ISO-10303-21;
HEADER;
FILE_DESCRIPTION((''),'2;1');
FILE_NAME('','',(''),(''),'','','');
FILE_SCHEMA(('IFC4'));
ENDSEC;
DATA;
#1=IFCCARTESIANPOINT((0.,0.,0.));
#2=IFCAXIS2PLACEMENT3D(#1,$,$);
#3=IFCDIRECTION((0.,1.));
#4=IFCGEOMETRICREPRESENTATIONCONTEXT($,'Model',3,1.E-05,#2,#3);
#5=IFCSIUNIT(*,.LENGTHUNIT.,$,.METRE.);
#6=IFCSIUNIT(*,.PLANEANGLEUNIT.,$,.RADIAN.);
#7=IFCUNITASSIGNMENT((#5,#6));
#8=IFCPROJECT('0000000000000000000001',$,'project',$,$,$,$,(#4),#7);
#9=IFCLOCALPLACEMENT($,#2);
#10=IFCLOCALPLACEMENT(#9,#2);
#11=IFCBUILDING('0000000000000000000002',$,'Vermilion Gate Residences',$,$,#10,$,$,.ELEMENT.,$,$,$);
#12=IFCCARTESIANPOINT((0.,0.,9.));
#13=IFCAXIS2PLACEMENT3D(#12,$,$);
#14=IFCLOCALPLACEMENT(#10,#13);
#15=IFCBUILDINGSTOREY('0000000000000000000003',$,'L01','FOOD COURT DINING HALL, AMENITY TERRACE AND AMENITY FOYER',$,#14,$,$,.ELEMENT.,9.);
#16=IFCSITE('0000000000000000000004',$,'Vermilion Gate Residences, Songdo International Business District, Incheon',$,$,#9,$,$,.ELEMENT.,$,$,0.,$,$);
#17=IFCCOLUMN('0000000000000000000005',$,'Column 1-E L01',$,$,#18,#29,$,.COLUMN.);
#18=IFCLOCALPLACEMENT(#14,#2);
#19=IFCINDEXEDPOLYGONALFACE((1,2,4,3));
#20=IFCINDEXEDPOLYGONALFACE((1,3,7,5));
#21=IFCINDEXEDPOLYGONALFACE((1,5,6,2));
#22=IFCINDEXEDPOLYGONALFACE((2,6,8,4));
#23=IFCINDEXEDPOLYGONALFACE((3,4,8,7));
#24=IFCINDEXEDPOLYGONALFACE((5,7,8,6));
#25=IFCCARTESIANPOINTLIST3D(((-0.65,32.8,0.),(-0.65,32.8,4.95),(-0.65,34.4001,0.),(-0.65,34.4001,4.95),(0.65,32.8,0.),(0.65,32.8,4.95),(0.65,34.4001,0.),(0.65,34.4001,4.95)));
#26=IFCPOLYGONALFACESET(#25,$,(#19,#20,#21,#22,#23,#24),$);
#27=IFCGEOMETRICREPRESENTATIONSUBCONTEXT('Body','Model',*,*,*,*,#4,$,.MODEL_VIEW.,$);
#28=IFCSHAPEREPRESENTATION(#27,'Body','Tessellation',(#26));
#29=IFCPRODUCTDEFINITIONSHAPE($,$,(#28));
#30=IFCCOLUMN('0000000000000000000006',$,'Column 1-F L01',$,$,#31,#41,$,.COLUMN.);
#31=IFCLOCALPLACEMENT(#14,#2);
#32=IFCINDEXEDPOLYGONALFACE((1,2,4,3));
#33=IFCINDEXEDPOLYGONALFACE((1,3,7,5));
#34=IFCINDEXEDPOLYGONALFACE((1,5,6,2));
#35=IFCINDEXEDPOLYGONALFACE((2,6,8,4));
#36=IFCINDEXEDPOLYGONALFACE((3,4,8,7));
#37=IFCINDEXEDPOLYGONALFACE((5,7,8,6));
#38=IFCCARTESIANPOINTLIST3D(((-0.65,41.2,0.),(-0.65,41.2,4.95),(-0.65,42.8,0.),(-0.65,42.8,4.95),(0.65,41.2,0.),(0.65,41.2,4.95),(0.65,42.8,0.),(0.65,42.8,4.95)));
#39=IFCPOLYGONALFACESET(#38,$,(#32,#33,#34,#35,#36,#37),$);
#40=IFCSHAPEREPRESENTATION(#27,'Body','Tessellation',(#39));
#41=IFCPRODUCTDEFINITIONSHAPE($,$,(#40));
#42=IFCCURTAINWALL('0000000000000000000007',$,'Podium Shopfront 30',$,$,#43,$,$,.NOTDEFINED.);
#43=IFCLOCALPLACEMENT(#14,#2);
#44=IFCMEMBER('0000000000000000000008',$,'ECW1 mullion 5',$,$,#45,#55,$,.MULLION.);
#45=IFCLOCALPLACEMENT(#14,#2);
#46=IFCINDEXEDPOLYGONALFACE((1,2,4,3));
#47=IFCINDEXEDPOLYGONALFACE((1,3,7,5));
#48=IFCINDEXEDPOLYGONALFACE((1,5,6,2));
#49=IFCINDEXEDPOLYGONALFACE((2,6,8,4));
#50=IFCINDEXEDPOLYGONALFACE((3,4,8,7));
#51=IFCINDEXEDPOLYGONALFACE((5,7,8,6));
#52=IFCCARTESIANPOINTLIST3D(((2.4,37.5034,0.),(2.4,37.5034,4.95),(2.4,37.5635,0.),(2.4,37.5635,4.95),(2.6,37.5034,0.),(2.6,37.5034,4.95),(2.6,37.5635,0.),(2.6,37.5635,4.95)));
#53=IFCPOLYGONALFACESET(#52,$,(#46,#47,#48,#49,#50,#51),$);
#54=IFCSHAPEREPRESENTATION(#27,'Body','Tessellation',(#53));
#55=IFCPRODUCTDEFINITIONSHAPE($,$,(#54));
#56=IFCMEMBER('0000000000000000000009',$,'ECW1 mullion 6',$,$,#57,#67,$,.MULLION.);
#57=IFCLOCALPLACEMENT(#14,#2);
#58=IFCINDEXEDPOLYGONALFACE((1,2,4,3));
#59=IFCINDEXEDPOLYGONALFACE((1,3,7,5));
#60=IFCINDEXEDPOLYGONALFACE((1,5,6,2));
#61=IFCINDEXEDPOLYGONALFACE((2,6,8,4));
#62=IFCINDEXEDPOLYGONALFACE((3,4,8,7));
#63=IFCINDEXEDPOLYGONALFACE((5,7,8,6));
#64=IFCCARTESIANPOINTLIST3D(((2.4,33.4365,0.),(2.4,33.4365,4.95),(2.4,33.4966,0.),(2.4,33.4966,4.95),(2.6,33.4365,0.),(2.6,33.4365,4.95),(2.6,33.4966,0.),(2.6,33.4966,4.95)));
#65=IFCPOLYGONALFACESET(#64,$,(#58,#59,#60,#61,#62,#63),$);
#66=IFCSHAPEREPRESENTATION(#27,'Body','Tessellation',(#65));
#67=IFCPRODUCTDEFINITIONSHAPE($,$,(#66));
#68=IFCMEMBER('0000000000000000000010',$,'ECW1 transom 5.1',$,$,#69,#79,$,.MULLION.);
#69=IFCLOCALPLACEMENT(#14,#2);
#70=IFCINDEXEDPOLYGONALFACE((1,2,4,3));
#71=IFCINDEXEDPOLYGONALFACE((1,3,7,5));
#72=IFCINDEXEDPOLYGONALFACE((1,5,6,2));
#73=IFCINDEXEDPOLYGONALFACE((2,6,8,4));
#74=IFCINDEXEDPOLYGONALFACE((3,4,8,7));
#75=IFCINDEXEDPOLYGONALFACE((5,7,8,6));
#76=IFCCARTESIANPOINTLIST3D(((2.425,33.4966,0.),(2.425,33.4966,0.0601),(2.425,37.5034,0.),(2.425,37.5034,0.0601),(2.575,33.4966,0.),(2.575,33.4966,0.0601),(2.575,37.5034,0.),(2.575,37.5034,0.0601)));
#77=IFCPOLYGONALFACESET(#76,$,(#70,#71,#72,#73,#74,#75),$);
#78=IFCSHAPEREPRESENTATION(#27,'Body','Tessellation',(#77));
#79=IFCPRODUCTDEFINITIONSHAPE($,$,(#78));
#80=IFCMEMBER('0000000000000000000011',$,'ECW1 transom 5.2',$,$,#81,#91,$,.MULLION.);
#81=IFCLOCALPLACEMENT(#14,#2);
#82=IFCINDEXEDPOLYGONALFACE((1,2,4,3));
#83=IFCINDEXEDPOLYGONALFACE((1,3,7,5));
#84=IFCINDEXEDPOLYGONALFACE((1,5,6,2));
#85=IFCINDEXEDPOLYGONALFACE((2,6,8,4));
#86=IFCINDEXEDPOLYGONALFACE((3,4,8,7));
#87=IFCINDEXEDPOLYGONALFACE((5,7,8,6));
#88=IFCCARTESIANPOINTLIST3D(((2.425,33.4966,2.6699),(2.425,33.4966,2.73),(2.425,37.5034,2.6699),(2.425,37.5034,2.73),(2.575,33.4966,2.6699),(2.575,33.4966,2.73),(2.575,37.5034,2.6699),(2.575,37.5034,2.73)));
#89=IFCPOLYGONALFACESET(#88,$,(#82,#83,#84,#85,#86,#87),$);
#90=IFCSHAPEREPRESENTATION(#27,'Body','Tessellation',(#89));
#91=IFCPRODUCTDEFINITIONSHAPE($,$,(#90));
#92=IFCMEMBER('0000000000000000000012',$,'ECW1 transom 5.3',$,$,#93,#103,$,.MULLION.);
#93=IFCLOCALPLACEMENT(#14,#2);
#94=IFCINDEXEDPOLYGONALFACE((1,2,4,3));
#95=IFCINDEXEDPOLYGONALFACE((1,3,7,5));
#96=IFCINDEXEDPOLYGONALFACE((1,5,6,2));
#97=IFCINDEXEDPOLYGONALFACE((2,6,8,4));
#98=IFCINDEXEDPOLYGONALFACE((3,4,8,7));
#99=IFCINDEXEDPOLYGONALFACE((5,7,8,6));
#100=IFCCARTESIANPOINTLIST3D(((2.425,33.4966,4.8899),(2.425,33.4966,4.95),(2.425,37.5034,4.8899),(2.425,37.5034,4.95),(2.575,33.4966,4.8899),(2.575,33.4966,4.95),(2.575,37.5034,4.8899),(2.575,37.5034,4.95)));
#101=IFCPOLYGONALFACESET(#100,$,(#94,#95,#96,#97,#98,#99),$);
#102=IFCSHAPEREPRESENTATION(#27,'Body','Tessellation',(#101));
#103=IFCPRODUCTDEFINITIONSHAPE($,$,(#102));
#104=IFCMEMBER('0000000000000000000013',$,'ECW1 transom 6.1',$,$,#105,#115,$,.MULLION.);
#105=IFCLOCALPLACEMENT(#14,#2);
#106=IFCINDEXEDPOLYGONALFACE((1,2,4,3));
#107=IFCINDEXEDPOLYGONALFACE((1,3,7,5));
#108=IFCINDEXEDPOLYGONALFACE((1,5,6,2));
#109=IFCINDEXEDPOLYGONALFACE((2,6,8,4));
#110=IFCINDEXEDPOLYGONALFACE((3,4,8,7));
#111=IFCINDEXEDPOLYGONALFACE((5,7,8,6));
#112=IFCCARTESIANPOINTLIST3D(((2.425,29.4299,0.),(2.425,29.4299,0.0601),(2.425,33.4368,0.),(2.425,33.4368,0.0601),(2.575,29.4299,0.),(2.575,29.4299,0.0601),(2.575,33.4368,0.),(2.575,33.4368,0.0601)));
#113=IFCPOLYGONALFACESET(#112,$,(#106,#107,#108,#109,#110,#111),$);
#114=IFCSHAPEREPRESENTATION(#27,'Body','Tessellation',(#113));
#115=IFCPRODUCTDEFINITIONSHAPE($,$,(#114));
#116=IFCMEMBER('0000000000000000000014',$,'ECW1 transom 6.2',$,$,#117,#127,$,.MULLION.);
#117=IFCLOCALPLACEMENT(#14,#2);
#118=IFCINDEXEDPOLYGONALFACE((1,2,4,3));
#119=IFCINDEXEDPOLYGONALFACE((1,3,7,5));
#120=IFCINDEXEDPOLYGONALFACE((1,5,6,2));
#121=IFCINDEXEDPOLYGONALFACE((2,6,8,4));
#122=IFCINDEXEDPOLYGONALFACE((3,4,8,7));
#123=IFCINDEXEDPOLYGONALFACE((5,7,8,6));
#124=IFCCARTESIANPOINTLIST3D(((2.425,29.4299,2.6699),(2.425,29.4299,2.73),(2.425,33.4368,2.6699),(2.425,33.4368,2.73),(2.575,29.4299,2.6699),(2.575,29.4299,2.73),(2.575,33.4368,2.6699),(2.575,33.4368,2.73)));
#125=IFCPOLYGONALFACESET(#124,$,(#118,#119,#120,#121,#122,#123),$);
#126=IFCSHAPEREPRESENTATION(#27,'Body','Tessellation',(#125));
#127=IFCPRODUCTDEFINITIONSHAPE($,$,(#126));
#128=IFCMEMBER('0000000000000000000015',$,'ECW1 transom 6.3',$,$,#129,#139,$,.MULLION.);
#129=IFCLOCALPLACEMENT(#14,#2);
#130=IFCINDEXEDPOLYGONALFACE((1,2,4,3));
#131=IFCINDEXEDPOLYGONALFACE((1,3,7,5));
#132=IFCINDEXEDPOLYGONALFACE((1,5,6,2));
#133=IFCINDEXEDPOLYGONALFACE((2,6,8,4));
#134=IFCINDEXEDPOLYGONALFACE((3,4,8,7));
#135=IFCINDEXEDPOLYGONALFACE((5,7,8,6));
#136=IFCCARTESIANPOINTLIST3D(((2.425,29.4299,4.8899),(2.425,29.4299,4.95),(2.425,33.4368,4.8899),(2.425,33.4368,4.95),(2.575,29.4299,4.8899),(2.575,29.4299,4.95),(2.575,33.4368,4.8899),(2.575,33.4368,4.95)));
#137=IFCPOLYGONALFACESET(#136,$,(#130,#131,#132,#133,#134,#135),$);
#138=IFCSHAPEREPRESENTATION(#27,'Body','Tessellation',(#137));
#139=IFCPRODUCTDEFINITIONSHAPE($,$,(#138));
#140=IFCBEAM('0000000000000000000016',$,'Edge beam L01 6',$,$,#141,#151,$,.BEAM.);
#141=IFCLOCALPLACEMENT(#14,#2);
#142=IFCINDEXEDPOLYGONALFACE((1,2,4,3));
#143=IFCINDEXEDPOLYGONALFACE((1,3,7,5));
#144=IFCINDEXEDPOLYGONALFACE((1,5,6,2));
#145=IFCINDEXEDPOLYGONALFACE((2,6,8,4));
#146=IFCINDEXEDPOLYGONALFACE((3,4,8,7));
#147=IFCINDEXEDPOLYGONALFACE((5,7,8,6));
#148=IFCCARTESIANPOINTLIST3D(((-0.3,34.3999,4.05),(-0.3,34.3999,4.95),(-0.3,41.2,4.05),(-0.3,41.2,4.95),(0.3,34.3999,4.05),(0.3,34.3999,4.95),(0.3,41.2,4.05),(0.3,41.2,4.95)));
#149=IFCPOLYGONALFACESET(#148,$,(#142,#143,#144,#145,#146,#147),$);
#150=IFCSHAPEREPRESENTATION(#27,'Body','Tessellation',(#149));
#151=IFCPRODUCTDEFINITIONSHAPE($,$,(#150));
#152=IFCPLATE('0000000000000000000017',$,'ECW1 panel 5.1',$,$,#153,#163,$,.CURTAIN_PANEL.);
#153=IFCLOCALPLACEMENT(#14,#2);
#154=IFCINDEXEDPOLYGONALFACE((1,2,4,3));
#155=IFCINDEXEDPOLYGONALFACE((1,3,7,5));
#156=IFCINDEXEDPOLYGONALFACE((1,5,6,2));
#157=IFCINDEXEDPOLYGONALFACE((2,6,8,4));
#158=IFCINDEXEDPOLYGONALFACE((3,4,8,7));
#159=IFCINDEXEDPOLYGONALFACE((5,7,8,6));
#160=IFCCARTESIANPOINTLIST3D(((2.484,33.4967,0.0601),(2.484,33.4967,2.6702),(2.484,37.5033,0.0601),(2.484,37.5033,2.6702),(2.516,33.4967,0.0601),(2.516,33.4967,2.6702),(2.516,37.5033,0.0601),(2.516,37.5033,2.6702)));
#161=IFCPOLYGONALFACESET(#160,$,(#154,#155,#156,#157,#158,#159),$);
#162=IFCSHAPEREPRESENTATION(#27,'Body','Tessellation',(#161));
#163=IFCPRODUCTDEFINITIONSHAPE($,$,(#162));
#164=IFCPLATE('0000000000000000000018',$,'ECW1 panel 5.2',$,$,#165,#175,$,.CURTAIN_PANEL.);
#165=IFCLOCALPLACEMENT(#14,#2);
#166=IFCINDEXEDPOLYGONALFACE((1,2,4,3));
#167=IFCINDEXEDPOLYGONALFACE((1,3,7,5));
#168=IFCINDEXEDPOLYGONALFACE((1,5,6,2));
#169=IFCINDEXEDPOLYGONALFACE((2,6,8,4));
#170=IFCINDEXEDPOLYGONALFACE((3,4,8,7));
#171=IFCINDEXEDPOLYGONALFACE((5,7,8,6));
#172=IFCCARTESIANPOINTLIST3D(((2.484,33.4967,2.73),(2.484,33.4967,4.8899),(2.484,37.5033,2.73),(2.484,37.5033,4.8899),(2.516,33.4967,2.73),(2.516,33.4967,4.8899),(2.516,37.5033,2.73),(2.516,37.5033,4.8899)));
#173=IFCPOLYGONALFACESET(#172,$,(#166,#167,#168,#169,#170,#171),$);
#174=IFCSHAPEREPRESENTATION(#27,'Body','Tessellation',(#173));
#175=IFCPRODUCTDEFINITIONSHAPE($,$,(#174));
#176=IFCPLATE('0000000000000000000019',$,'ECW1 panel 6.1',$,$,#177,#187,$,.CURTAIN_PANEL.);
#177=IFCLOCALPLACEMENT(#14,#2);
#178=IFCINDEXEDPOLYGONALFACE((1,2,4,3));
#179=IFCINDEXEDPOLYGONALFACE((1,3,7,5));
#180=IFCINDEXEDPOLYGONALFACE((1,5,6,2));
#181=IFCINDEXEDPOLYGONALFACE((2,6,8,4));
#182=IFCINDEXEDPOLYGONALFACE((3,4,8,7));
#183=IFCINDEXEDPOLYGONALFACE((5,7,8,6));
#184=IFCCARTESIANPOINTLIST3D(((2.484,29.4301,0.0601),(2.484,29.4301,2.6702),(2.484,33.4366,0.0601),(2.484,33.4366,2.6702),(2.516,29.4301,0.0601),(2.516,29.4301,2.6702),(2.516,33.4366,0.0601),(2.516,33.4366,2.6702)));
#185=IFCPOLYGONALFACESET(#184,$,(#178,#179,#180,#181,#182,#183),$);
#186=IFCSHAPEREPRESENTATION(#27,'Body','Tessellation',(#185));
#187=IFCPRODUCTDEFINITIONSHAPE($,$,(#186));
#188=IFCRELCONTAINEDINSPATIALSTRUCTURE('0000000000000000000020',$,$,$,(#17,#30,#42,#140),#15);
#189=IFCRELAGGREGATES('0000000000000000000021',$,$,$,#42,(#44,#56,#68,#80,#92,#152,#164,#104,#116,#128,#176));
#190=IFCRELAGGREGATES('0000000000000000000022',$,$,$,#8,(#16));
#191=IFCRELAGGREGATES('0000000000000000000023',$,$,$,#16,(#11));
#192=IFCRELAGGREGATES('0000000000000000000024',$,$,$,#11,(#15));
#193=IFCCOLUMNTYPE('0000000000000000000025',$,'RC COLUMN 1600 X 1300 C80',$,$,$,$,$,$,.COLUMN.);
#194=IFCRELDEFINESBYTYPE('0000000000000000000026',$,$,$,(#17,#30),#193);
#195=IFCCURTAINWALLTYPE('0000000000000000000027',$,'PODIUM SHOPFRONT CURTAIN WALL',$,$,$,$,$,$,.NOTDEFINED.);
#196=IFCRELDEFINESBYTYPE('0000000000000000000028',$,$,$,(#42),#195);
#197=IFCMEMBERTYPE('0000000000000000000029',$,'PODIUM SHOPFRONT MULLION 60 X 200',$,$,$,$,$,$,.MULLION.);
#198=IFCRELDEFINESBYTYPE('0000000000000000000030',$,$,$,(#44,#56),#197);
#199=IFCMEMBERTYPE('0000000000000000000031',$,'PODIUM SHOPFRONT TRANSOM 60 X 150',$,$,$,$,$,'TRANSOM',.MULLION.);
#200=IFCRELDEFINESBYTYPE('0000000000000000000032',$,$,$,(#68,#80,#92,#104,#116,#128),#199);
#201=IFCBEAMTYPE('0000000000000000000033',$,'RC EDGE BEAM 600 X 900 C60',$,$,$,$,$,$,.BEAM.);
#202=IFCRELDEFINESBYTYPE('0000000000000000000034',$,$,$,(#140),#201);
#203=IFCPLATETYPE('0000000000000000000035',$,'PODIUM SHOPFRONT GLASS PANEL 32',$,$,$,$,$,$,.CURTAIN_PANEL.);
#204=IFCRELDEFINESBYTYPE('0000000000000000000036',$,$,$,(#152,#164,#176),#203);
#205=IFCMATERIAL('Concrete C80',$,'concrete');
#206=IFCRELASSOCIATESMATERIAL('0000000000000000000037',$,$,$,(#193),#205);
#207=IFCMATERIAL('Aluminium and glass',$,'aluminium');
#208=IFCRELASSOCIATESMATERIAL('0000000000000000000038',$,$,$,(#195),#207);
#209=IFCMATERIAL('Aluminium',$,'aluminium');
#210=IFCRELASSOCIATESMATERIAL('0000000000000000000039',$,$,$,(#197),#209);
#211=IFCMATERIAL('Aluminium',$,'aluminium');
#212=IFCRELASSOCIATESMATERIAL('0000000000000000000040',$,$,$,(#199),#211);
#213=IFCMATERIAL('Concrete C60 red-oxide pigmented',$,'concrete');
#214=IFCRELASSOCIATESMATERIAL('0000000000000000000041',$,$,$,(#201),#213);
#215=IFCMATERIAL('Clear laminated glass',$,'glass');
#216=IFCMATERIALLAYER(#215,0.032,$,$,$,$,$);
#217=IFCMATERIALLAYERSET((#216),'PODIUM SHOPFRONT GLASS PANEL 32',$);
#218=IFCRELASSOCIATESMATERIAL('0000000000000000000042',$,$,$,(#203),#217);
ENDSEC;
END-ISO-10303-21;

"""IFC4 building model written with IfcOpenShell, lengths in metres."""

from ifc_helpers import new_model, si_unit, direction, frame, origin, origin_2d, place, context, subcontext, project, spatial, rectangle, extrude, material, layer, layer_set, material_profile, profile_set, type_object, element, aggregate, save


model = new_model("IFC4")

# Units and contexts
model_context = context("Model", 3, precision=1e-05, world=origin(), true_north=direction((0.0, 1.0)))
body_context = subcontext(model_context, "Body", "Model", "MODEL_VIEW")
ifc_project = project(units=[si_unit("LENGTHUNIT", "METRE"), si_unit("PLANEANGLEUNIT", "RADIAN")], contexts=[model_context])

# Site, building, storey
site_placement = place(None, origin())
site = spatial("IfcSite", under=ifc_project, at=site_placement, Name="Vermilion Gate Residences, Songdo International Business District, Incheon", CompositionType="ELEMENT", RefElevation=0.0)
building_placement = place(site_placement, origin())
building = spatial("IfcBuilding", under=site, at=building_placement, Name="Vermilion Gate Residences", CompositionType="ELEMENT")
storey_placement = place(building_placement, frame((0.0, 0.0, 9.0)))
storey = spatial("IfcBuildingStorey", under=building, at=storey_placement, Name="L01", Description="FOOD COURT DINING HALL, AMENITY TERRACE AND AMENITY FOYER", CompositionType="ELEMENT", Elevation=9.0)

# Columns
ifc_material_1 = material(Name="Concrete C80", Category="concrete")
ifc_material_profile_1 = material_profile(ifc_material_1, rectangle(XDim=1.6001, YDim=1.3, at=origin_2d()), Name="RC-1600x1300")
ifc_profile_set_1 = profile_set([ifc_material_profile_1], Name="Concrete C80")
column_type = type_object("IfcColumnType", Name="RC COLUMN 1600 X 1300 C80", PredefinedType="COLUMN", material=ifc_profile_set_1)
for number, where, z_axis, x_axis, name in (
    (1, (0.0, 33.6001, 0.0), (0.0, 0.0, 1.0), (0.0, 1.0, 0.0), "Column 1-E L01"),
    (2, (0.0, 42.0, 0.0), (0.0, 0.0, 1.0), (0.0, 1.0, 0.0), "Column 1-F L01"),
):
    element("IfcColumn", number, at=place(storey_placement, frame(where, z_axis=z_axis, x_axis=x_axis)), inside=storey, type_object=column_type, Name=name, PredefinedType="COLUMN", context=body_context, shape_type="SweptSolid", body=[
        extrude(rectangle(XDim=1.6001, YDim=1.3, at=origin_2d()), origin(), (0.0, 0.0, 1.0), 4.95),
    ])

# Curtain wall, members
ifc_material_2 = material(Name="Aluminium and glass", Category="aluminium")
curtain_wall_type = type_object("IfcCurtainWallType", Name="PODIUM SHOPFRONT CURTAIN WALL", PredefinedType="NOTDEFINED", material=ifc_material_2)
curtain_wall_placement = place(storey_placement, origin())
curtain_wall = element("IfcCurtainWall", 3, at=curtain_wall_placement, inside=storey, type_object=curtain_wall_type, Name="Podium Shopfront 30", PredefinedType="NOTDEFINED")
ifc_material_3 = material(Name="Aluminium", Category="aluminium")
ifc_material_profile_2 = material_profile(ifc_material_3, rectangle(XDim=0.2, YDim=0.0601, at=origin_2d()), Name="MULLION 60 X 200")
ifc_profile_set_2 = profile_set([ifc_material_profile_2], Name="Aluminium")
member_type_1 = type_object("IfcMemberType", Name="PODIUM SHOPFRONT MULLION 60 X 200", PredefinedType="MULLION", material=ifc_profile_set_2)
member_1_placement = place(storey_placement, frame((2.5, 37.5334, 0.0), z_axis=(0.0, 0.0, 1.0), x_axis=(1.0, 0.0, 0.0)))
member_1 = element("IfcMember", 4, at=member_1_placement, type_object=member_type_1, Name="ECW1 mullion 5", PredefinedType="MULLION", context=body_context, shape_type="SweptSolid", body=[
    extrude(rectangle(XDim=0.2, YDim=0.0601, at=origin_2d()), origin(), (0.0, 0.0, 1.0), 4.95),
])
member_2_placement = place(storey_placement, frame((2.5, 33.4666, 0.0), z_axis=(0.0, 0.0, 1.0), x_axis=(1.0, 0.0, 0.0)))
member_2 = element("IfcMember", 5, at=member_2_placement, type_object=member_type_1, Name="ECW1 mullion 6", PredefinedType="MULLION", context=body_context, shape_type="SweptSolid", body=[
    extrude(rectangle(XDim=0.2, YDim=0.0601, at=origin_2d()), origin(), (0.0, 0.0, 1.0), 4.95),
])
ifc_material_4 = material(Name="Aluminium", Category="aluminium")
ifc_material_profile_3 = material_profile(ifc_material_4, rectangle(XDim=0.1499, YDim=0.0601, at=origin_2d()), Name="TRANSOM 60 X 150")
ifc_profile_set_3 = profile_set([ifc_material_profile_3], Name="Aluminium")
member_type_2 = type_object("IfcMemberType", Name="PODIUM SHOPFRONT TRANSOM 60 X 150", ElementType="TRANSOM", PredefinedType="MULLION", material=ifc_profile_set_3)
member_3_placement = place(storey_placement, frame((2.5, 37.5034, 0.03), z_axis=(0.0, -1.0, 0.0), x_axis=(1.0, 0.0, 0.0)))
member_3 = element("IfcMember", 6, at=member_3_placement, type_object=member_type_2, Name="ECW1 transom 5.1", PredefinedType="MULLION", context=body_context, shape_type="SweptSolid", body=[
    extrude(rectangle(XDim=0.1499, YDim=0.0601, at=origin_2d()), origin(), (0.0, 0.0, 1.0), 4.0068),
])
member_4_placement = place(storey_placement, frame((2.5, 37.5034, 2.7), z_axis=(0.0, -1.0, 0.0), x_axis=(1.0, 0.0, 0.0)))
member_4 = element("IfcMember", 7, at=member_4_placement, type_object=member_type_2, Name="ECW1 transom 5.2", PredefinedType="MULLION", context=body_context, shape_type="SweptSolid", body=[
    extrude(rectangle(XDim=0.1499, YDim=0.0601, at=origin_2d()), origin(), (0.0, 0.0, 1.0), 4.0068),
])
member_5_placement = place(storey_placement, frame((2.5, 37.5034, 4.9199), z_axis=(0.0, -1.0, 0.0), x_axis=(1.0, 0.0, 0.0)))
member_5 = element("IfcMember", 8, at=member_5_placement, type_object=member_type_2, Name="ECW1 transom 5.3", PredefinedType="MULLION", context=body_context, shape_type="SweptSolid", body=[
    extrude(rectangle(XDim=0.1499, YDim=0.0601, at=origin_2d()), origin(), (0.0, 0.0, 1.0), 4.0068),
])
member_6_placement = place(storey_placement, frame((2.5, 33.4368, 0.03), z_axis=(0.0, -1.0, 0.0), x_axis=(1.0, 0.0, 0.0)))
member_6 = element("IfcMember", 9, at=member_6_placement, type_object=member_type_2, Name="ECW1 transom 6.1", PredefinedType="MULLION", context=body_context, shape_type="SweptSolid", body=[
    extrude(rectangle(XDim=0.1499, YDim=0.0601, at=origin_2d()), origin(), (0.0, 0.0, 1.0), 4.0068),
])
member_7_placement = place(storey_placement, frame((2.5, 33.4368, 2.7), z_axis=(0.0, -1.0, 0.0), x_axis=(1.0, 0.0, 0.0)))
member_7 = element("IfcMember", 10, at=member_7_placement, type_object=member_type_2, Name="ECW1 transom 6.2", PredefinedType="MULLION", context=body_context, shape_type="SweptSolid", body=[
    extrude(rectangle(XDim=0.1499, YDim=0.0601, at=origin_2d()), origin(), (0.0, 0.0, 1.0), 4.0068),
])
member_8_placement = place(storey_placement, frame((2.5, 33.4368, 4.9199), z_axis=(0.0, -1.0, 0.0), x_axis=(1.0, 0.0, 0.0)))
member_8 = element("IfcMember", 11, at=member_8_placement, type_object=member_type_2, Name="ECW1 transom 6.3", PredefinedType="MULLION", context=body_context, shape_type="SweptSolid", body=[
    extrude(rectangle(XDim=0.1499, YDim=0.0601, at=origin_2d()), origin(), (0.0, 0.0, 1.0), 4.0068),
])

# Beam
ifc_material_5 = material(Name="Concrete C60 red-oxide pigmented", Category="concrete")
ifc_material_profile_4 = material_profile(ifc_material_5, rectangle(XDim=0.6001, YDim=0.8999, at=origin_2d()), Name="RC-600x900")
ifc_profile_set_4 = profile_set([ifc_material_profile_4], Name="Concrete C60 red-oxide pigmented")
beam_type = type_object("IfcBeamType", Name="RC EDGE BEAM 600 X 900 C60", PredefinedType="BEAM", material=ifc_profile_set_4)
beam_placement = place(storey_placement, frame((0.0, 34.3999, 4.5), z_axis=(0.0, 1.0, 0.0), x_axis=(-1.0, 0.0, 0.0)))
element("IfcBeam", 12, at=beam_placement, inside=storey, type_object=beam_type, Name="Edge beam L01 6", PredefinedType="BEAM", context=body_context, shape_type="SweptSolid", body=[
    extrude(rectangle(XDim=0.6001, YDim=0.8999, at=origin_2d()), origin(), (0.0, 0.0, 1.0), 6.8),
])

# Plates
ifc_material_6 = material(Name="Clear laminated glass", Category="glass")
ifc_layer_1 = layer(ifc_material_6, 0.032)
ifc_layer_set_1 = layer_set([ifc_layer_1], Name="PODIUM SHOPFRONT GLASS PANEL 32")
plate_type = type_object("IfcPlateType", Name="PODIUM SHOPFRONT GLASS PANEL 32", PredefinedType="CURTAIN_PANEL", material=ifc_layer_set_1)
plate_1_placement = place(storey_placement, frame((2.5, 35.5, 0.0601), z_axis=(0.0, 0.0, 1.0), x_axis=(0.0, -1.0, 0.0)))
plate_1 = element("IfcPlate", 13, at=plate_1_placement, type_object=plate_type, Name="ECW1 panel 5.1", PredefinedType="CURTAIN_PANEL", context=body_context, shape_type="SweptSolid", body=[
    extrude(rectangle(XDim=4.0066, YDim=0.032, at=origin_2d()), origin(), (0.0, 0.0, 1.0), 2.6101),
])
plate_2_placement = place(storey_placement, frame((2.5, 35.5, 2.73), z_axis=(0.0, 0.0, 1.0), x_axis=(0.0, -1.0, 0.0)))
plate_2 = element("IfcPlate", 14, at=plate_2_placement, type_object=plate_type, Name="ECW1 panel 5.2", PredefinedType="CURTAIN_PANEL", context=body_context, shape_type="SweptSolid", body=[
    extrude(rectangle(XDim=4.0066, YDim=0.032, at=origin_2d()), origin(), (0.0, 0.0, 1.0), 2.1599),
])
plate_3_placement = place(storey_placement, frame((2.5, 31.4333, 0.0601), z_axis=(0.0, 0.0, 1.0), x_axis=(0.0, -1.0, 0.0)))
plate_3 = element("IfcPlate", 15, at=plate_3_placement, type_object=plate_type, Name="ECW1 panel 6.1", PredefinedType="CURTAIN_PANEL", context=body_context, shape_type="SweptSolid", body=[
    extrude(rectangle(XDim=4.0066, YDim=0.032, at=origin_2d()), origin(), (0.0, 0.0, 1.0), 2.6101),
])
aggregate(curtain_wall, [member_1, member_2, member_3, member_4, member_5, plate_1, plate_2, member_6, member_7, member_8, plate_3])

save(model, "model.ifc")
